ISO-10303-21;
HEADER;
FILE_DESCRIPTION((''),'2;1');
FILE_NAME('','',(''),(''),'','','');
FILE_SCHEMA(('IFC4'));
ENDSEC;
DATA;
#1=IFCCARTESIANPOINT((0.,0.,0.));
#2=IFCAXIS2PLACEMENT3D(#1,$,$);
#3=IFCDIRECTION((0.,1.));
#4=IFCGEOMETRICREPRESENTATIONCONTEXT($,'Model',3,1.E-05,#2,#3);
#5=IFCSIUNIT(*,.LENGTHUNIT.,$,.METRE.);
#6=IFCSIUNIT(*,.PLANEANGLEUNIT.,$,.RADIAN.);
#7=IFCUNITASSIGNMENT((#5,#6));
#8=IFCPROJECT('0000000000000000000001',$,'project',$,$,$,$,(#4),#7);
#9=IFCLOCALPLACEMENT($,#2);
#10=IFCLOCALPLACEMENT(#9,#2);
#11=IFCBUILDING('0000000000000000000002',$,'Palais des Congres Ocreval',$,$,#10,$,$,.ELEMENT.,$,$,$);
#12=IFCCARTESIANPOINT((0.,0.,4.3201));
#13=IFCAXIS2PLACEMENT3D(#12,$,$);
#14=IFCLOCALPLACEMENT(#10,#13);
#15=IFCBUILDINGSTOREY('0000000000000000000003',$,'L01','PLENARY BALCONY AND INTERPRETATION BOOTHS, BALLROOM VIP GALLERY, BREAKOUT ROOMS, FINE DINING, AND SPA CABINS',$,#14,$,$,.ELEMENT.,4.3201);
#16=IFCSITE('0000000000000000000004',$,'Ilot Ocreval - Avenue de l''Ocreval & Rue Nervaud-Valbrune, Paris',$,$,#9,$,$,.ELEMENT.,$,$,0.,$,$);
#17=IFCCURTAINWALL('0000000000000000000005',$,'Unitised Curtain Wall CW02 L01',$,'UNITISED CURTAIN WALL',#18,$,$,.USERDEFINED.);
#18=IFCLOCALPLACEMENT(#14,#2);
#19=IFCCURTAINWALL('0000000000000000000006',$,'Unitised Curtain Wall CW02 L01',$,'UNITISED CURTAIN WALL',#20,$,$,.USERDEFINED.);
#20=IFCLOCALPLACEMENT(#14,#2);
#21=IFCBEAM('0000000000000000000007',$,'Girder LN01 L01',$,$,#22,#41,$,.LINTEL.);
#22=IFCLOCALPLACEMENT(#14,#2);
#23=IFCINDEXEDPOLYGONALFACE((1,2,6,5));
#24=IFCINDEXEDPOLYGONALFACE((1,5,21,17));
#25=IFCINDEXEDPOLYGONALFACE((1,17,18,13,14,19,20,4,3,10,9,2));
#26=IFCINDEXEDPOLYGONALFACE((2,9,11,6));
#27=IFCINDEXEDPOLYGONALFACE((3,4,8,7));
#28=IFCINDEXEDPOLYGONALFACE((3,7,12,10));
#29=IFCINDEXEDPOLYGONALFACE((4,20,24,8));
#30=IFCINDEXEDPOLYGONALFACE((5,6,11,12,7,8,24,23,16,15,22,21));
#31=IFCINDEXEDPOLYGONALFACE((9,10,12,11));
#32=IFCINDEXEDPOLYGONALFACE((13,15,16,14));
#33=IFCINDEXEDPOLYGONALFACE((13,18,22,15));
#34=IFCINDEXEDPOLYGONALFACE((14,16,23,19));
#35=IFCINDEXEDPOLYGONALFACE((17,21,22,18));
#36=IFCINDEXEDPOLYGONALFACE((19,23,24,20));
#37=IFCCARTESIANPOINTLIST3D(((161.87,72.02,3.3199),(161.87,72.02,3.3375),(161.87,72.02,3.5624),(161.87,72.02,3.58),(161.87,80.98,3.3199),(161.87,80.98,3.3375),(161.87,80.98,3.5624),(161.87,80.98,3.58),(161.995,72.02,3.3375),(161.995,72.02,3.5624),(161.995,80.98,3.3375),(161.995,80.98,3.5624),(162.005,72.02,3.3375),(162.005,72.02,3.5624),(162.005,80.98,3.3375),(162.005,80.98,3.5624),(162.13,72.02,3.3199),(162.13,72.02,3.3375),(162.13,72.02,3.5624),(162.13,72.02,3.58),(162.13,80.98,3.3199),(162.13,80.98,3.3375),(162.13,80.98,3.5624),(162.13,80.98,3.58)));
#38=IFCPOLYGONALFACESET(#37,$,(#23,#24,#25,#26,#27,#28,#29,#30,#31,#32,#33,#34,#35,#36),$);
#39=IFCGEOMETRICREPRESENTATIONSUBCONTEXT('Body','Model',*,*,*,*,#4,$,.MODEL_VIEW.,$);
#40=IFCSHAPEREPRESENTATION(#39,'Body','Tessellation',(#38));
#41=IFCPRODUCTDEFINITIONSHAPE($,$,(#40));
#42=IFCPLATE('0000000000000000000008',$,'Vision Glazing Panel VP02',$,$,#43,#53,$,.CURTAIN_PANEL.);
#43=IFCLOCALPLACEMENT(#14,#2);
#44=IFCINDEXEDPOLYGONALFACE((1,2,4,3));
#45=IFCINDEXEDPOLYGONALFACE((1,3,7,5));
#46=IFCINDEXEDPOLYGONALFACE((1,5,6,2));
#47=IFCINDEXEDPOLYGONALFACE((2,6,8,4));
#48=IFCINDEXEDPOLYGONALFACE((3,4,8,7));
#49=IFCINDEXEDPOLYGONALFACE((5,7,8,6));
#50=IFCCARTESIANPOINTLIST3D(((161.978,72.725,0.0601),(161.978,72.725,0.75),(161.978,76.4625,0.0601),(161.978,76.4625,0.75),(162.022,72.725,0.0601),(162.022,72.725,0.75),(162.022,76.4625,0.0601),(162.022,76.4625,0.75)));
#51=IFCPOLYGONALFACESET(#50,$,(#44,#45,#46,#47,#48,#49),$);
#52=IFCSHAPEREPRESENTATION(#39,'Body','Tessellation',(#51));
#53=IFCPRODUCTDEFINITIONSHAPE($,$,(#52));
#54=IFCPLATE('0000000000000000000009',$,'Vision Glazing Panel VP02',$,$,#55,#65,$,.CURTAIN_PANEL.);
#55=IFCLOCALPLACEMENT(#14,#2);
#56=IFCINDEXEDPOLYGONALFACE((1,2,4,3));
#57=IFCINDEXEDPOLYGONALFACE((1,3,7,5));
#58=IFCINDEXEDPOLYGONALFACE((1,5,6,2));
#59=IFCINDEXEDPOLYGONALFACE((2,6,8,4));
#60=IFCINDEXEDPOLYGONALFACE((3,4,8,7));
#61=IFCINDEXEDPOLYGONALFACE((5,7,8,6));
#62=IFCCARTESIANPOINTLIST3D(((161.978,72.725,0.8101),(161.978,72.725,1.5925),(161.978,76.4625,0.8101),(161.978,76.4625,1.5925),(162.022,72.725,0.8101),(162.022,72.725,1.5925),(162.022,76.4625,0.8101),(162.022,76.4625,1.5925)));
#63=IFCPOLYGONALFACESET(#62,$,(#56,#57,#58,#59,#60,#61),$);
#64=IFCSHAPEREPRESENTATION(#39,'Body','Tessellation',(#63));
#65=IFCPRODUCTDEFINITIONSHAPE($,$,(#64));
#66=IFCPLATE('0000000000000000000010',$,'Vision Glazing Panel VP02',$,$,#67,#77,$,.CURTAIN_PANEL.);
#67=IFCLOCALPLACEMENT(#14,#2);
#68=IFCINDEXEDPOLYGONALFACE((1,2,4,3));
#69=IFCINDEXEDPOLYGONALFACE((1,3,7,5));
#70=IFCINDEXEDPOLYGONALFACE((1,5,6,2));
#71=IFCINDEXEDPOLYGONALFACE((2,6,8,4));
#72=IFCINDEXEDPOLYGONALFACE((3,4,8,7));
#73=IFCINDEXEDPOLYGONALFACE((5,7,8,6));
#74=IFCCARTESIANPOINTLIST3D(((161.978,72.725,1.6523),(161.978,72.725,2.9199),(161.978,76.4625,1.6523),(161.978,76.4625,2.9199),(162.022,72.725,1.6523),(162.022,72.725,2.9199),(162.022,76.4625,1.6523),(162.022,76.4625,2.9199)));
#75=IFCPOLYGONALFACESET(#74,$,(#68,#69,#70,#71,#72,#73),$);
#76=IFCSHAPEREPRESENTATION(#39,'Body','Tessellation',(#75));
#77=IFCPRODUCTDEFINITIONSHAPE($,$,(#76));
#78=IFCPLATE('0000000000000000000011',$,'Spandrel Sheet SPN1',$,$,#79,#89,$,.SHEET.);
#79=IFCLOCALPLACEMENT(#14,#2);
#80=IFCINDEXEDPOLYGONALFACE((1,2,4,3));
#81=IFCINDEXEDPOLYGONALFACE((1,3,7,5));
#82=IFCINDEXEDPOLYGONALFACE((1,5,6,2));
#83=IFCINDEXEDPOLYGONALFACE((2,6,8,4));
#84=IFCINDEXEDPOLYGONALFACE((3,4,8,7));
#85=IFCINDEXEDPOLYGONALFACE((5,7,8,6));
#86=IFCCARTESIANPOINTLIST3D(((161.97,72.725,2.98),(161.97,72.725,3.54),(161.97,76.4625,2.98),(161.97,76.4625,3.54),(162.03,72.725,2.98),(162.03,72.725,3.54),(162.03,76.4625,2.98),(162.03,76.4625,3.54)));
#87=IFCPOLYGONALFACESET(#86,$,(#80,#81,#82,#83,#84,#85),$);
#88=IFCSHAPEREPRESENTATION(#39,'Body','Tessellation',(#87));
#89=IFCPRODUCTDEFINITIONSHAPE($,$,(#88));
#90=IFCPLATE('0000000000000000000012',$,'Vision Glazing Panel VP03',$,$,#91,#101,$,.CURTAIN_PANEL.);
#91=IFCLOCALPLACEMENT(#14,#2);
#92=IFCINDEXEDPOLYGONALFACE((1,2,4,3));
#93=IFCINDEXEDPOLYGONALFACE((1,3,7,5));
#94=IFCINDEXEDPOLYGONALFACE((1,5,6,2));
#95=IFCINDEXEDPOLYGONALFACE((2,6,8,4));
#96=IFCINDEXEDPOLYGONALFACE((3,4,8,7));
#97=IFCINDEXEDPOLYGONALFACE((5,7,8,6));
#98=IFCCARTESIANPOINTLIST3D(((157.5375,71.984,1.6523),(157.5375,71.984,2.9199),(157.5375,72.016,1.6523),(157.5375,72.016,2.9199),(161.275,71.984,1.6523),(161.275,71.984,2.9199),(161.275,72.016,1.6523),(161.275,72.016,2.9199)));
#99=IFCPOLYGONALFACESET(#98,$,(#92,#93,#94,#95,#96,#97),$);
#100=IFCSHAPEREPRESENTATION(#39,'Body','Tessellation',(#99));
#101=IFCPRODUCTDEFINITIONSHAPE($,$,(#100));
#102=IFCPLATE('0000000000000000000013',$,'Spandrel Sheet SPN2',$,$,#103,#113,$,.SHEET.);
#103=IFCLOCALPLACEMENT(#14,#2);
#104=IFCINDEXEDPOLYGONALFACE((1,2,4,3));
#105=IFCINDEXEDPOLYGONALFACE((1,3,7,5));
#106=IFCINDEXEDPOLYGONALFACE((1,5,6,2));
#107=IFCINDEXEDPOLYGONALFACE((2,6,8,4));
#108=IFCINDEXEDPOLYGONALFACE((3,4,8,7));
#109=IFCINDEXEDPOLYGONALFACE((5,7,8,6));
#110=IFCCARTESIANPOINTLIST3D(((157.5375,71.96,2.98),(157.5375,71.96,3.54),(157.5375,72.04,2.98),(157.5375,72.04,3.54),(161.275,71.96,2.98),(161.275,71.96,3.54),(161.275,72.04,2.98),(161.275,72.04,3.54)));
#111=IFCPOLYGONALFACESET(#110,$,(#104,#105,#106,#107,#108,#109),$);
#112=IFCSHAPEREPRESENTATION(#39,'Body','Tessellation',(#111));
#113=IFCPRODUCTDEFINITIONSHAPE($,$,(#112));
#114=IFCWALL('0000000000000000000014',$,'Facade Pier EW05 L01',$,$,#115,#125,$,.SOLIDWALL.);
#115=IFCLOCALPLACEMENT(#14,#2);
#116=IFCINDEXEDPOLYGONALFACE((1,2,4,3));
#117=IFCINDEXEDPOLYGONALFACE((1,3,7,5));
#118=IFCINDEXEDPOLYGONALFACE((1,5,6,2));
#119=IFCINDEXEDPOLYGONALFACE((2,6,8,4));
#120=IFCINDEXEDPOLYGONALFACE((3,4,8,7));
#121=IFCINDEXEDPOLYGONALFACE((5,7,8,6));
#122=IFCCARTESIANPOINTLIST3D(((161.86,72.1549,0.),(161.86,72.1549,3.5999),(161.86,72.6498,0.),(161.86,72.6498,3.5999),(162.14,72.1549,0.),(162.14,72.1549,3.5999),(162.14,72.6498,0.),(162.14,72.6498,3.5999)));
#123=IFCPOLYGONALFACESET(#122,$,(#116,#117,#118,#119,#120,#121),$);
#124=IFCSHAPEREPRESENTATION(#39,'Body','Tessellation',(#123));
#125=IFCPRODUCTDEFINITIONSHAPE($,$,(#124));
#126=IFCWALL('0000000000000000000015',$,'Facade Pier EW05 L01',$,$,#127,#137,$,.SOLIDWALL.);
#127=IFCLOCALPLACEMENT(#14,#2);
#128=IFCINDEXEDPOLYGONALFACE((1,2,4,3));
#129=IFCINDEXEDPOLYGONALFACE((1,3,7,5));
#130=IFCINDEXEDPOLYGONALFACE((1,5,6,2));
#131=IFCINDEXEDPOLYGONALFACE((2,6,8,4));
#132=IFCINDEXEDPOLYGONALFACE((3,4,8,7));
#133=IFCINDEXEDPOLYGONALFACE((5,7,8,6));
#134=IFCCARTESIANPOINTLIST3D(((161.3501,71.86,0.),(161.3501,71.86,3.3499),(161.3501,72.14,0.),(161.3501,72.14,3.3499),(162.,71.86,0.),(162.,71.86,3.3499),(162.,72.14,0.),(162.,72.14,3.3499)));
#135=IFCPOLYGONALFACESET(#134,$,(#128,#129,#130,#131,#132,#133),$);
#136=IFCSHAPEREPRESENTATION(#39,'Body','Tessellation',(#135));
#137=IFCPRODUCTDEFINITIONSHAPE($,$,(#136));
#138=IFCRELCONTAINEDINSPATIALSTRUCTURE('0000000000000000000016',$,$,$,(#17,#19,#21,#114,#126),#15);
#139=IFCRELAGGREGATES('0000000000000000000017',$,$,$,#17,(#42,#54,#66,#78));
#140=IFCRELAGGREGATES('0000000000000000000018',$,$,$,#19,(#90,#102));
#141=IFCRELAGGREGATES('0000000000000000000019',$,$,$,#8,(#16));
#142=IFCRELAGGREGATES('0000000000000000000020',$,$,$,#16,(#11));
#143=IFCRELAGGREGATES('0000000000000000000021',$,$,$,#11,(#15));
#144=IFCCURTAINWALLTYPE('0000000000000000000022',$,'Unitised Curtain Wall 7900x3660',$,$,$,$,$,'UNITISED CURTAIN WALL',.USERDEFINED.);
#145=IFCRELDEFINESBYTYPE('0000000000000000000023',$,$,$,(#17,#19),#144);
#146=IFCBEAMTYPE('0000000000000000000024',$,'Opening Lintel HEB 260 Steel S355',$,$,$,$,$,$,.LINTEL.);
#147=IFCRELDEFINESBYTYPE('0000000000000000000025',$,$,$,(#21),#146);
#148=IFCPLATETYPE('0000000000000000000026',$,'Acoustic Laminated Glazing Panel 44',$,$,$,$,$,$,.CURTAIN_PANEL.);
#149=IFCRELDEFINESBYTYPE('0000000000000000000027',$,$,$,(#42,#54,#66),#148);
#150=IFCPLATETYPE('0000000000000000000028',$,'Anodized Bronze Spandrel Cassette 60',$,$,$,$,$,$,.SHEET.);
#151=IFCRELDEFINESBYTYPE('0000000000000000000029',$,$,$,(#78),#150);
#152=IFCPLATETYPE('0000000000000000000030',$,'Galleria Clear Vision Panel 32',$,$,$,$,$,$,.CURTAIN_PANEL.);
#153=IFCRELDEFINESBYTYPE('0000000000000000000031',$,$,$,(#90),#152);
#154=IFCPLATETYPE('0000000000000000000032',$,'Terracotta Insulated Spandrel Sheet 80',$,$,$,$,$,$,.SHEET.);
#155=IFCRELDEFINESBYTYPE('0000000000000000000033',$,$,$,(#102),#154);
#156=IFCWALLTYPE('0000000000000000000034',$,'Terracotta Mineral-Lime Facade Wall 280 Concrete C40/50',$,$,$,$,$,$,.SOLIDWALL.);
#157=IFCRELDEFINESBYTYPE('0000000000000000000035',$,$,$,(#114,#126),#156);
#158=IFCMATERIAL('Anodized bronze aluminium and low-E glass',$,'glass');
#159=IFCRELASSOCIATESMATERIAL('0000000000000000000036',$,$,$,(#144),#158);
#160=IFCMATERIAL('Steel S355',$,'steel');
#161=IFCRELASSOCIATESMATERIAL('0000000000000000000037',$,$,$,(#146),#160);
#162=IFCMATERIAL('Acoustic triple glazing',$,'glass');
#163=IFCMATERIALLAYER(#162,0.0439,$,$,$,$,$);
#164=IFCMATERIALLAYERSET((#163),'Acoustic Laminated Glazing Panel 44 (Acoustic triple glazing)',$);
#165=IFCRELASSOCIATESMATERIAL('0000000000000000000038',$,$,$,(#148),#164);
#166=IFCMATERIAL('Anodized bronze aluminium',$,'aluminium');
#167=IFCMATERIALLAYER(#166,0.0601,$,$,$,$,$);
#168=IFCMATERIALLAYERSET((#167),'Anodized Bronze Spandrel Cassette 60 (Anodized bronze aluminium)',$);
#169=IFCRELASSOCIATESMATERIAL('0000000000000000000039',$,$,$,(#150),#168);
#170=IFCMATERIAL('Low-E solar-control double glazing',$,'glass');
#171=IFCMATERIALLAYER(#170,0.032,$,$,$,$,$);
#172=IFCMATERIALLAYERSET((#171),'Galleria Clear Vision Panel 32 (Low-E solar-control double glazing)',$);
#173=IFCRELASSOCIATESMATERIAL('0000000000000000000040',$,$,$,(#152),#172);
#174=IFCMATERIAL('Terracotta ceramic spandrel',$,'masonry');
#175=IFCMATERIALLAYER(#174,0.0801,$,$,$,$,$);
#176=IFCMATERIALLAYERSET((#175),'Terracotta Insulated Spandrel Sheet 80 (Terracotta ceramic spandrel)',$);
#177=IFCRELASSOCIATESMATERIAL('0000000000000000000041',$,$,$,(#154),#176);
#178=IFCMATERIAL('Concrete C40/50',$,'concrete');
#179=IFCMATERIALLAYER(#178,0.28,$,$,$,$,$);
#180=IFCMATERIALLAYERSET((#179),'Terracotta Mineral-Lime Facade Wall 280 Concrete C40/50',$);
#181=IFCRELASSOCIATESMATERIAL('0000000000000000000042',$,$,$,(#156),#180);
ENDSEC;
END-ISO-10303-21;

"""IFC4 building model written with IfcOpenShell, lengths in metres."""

from ifc_helpers import new_model, si_unit, direction, frame, frame_2d, origin, origin_2d, place, context, subcontext, project, spatial, rectangle, i_section, extrude, material, layer, layer_set, material_profile, profile_set, type_object, element, aggregate, save


model = new_model("IFC4")

# Units and contexts
model_context = context("Model", 3, precision=1e-05, world=origin(), true_north=direction((0.0, 1.0)))
body_context = subcontext(model_context, "Body", "Model", "MODEL_VIEW")
ifc_project = project(units=[si_unit("LENGTHUNIT", "METRE"), si_unit("PLANEANGLEUNIT", "RADIAN")], contexts=[model_context])

# Site, building, storey
site_placement = place(None, origin())
site = spatial("IfcSite", under=ifc_project, at=site_placement, Name="Ilot Ocreval - Avenue de l'Ocreval & Rue Nervaud-Valbrune, Paris", CompositionType="ELEMENT", RefElevation=0.0)
building_placement = place(site_placement, origin())
building = spatial("IfcBuilding", under=site, at=building_placement, Name="Palais des Congres Ocreval", CompositionType="ELEMENT")
storey_placement = place(building_placement, frame((0.0, 0.0, 4.3201)))
storey = spatial("IfcBuildingStorey", under=building, at=storey_placement, Name="L01", Description="PLENARY BALCONY AND INTERPRETATION BOOTHS, BALLROOM VIP GALLERY, BREAKOUT ROOMS, FINE DINING, AND SPA CABINS", CompositionType="ELEMENT", Elevation=4.3201)

# Shared definitions
ifc_material_1 = material(Name="Steel S355", Category="steel")

# Curtain walls
ifc_material_2 = material(Name="Anodized bronze aluminium and low-E glass", Category="glass")
curtain_wall_type = type_object("IfcCurtainWallType", Name="Unitised Curtain Wall 7900x3660", ElementType="UNITISED CURTAIN WALL", PredefinedType="USERDEFINED", material=ifc_material_2)
curtain_wall_1_placement = place(storey_placement, origin())
curtain_wall_1 = element("IfcCurtainWall", 1, at=curtain_wall_1_placement, inside=storey, type_object=curtain_wall_type, Name="Unitised Curtain Wall CW02 L01", ObjectType="UNITISED CURTAIN WALL", PredefinedType="USERDEFINED")
ifc_material_3 = material(Name="Anodized bronze aluminium", Category="aluminium")
curtain_wall_2_placement = place(storey_placement, origin())
curtain_wall_2 = element("IfcCurtainWall", 2, at=curtain_wall_2_placement, inside=storey, type_object=curtain_wall_type, Name="Unitised Curtain Wall CW02 L01", ObjectType="UNITISED CURTAIN WALL", PredefinedType="USERDEFINED")

# Beam
ifc_material_profile_1 = material_profile(ifc_material_1, i_section(OverallWidth=0.26, OverallDepth=0.26, WebThickness=0.01, FlangeThickness=0.0176, at=origin_2d()), Name="HEB 260")
ifc_profile_set_1 = profile_set([ifc_material_profile_1], Name="Steel S355")
beam_type = type_object("IfcBeamType", Name="Opening Lintel HEB 260 Steel S355", PredefinedType="LINTEL", material=ifc_profile_set_1)
beam_placement = place(storey_placement, frame((162.0, 72.02, 3.45), z_axis=(0.0, 1.0, 0.0), x_axis=(-1.0, 0.0, 0.0)))
element("IfcBeam", 3, at=beam_placement, inside=storey, type_object=beam_type, Name="Girder LN01 L01", PredefinedType="LINTEL", context=body_context, shape_type="SweptSolid", body=[
    extrude(i_section(OverallWidth=0.26, OverallDepth=0.26, WebThickness=0.01, FlangeThickness=0.0176, at=origin_2d()), origin(), (0.0, 0.0, 1.0), 8.96),
])

# Plates
ifc_material_4 = material(Name="Acoustic triple glazing", Category="glass")
ifc_layer_1 = layer(ifc_material_4, 0.0439)
ifc_layer_set_1 = layer_set([ifc_layer_1], Name="Acoustic Laminated Glazing Panel 44 (Acoustic triple glazing)")
plate_type_1 = type_object("IfcPlateType", Name="Acoustic Laminated Glazing Panel 44", PredefinedType="CURTAIN_PANEL", material=ifc_layer_set_1)
plate_1_placement = place(storey_placement, frame((162.0, 74.5938, 0.0601), z_axis=(0.0, 0.0, 1.0), x_axis=(0.0, -1.0, 0.0)))
plate_1 = element("IfcPlate", 4, at=plate_1_placement, type_object=plate_type_1, Name="Vision Glazing Panel VP02", PredefinedType="CURTAIN_PANEL", context=body_context, shape_type="SweptSolid", body=[
    extrude(rectangle(XDim=3.7375, YDim=0.0439, at=origin_2d()), origin(), (0.0, 0.0, 1.0), 0.6899),
])
plate_2_placement = place(storey_placement, frame((162.0, 74.5938, 0.8101), z_axis=(0.0, 0.0, 1.0), x_axis=(0.0, -1.0, 0.0)))
plate_2 = element("IfcPlate", 5, at=plate_2_placement, type_object=plate_type_1, Name="Vision Glazing Panel VP02", PredefinedType="CURTAIN_PANEL", context=body_context, shape_type="SweptSolid", body=[
    extrude(rectangle(XDim=3.7375, YDim=0.0439, at=origin_2d()), origin(), (0.0, 0.0, 1.0), 0.7825),
])
plate_3_placement = place(storey_placement, frame((162.0, 74.5938, 1.6523), z_axis=(0.0, 0.0, 1.0), x_axis=(0.0, -1.0, 0.0)))
plate_3 = element("IfcPlate", 6, at=plate_3_placement, type_object=plate_type_1, Name="Vision Glazing Panel VP02", PredefinedType="CURTAIN_PANEL", context=body_context, shape_type="SweptSolid", body=[
    extrude(rectangle(XDim=3.7375, YDim=0.0439, at=origin_2d()), origin(), (0.0, 0.0, 1.0), 1.2676),
])
ifc_layer_2 = layer(ifc_material_3, 0.0601)
ifc_layer_set_2 = layer_set([ifc_layer_2], Name="Anodized Bronze Spandrel Cassette 60 (Anodized bronze aluminium)")
plate_type_2 = type_object("IfcPlateType", Name="Anodized Bronze Spandrel Cassette 60", PredefinedType="SHEET", material=ifc_layer_set_2)
plate_4_placement = place(storey_placement, frame((162.0, 74.5938, 2.98), z_axis=(0.0, 0.0, 1.0), x_axis=(0.0, -1.0, 0.0)))
plate_4 = element("IfcPlate", 7, at=plate_4_placement, type_object=plate_type_2, Name="Spandrel Sheet SPN1", PredefinedType="SHEET", context=body_context, shape_type="SweptSolid", body=[
    extrude(rectangle(XDim=3.7375, YDim=0.0601, at=origin_2d()), origin(), (0.0, 0.0, 1.0), 0.5601),
])
aggregate(curtain_wall_1, [plate_1, plate_2, plate_3, plate_4])
ifc_material_5 = material(Name="Low-E solar-control double glazing", Category="glass")
ifc_layer_3 = layer(ifc_material_5, 0.032)
ifc_layer_set_3 = layer_set([ifc_layer_3], Name="Galleria Clear Vision Panel 32 (Low-E solar-control double glazing)")
plate_type_3 = type_object("IfcPlateType", Name="Galleria Clear Vision Panel 32", PredefinedType="CURTAIN_PANEL", material=ifc_layer_set_3)
plate_5_placement = place(storey_placement, frame((159.4062, 72.0, 1.6523), z_axis=(0.0, 0.0, 1.0), x_axis=(-1.0, 0.0, 0.0)))
plate_5 = element("IfcPlate", 8, at=plate_5_placement, type_object=plate_type_3, Name="Vision Glazing Panel VP03", PredefinedType="CURTAIN_PANEL", context=body_context, shape_type="SweptSolid", body=[
    extrude(rectangle(XDim=3.7375, YDim=0.032, at=origin_2d()), origin(), (0.0, 0.0, 1.0), 1.2676),
])
ifc_material_6 = material(Name="Terracotta ceramic spandrel", Category="masonry")
ifc_layer_4 = layer(ifc_material_6, 0.0801)
ifc_layer_set_4 = layer_set([ifc_layer_4], Name="Terracotta Insulated Spandrel Sheet 80 (Terracotta ceramic spandrel)")
plate_type_4 = type_object("IfcPlateType", Name="Terracotta Insulated Spandrel Sheet 80", PredefinedType="SHEET", material=ifc_layer_set_4)
plate_6_placement = place(storey_placement, frame((159.4062, 72.0, 2.98), z_axis=(0.0, 0.0, 1.0), x_axis=(-1.0, 0.0, 0.0)))
plate_6 = element("IfcPlate", 9, at=plate_6_placement, type_object=plate_type_4, Name="Spandrel Sheet SPN2", PredefinedType="SHEET", context=body_context, shape_type="SweptSolid", body=[
    extrude(rectangle(XDim=3.7375, YDim=0.0801, at=origin_2d()), origin(), (0.0, 0.0, 1.0), 0.5601),
])
aggregate(curtain_wall_2, [plate_5, plate_6])

# Walls
ifc_material_7 = material(Name="Concrete C40/50", Category="concrete")
ifc_layer_5 = layer(ifc_material_7, 0.28)
ifc_layer_set_5 = layer_set([ifc_layer_5], Name="Terracotta Mineral-Lime Facade Wall 280 Concrete C40/50")
wall_type = type_object("IfcWallType", Name="Terracotta Mineral-Lime Facade Wall 280 Concrete C40/50", PredefinedType="SOLIDWALL", material=ifc_layer_set_5)
wall_1_placement = place(storey_placement, frame((162.0, 72.6499, 0.0), z_axis=(0.0, 0.0, 1.0), x_axis=(0.0, -1.0, 0.0)))
element("IfcWall", 10, at=wall_1_placement, inside=storey, type_object=wall_type, Name="Facade Pier EW05 L01", PredefinedType="SOLIDWALL", context=body_context, shape_type="SweptSolid", body=[
    extrude(rectangle(XDim=0.4949, YDim=0.28, at=frame_2d((0.2476, 0.0))), origin(), (0.0, 0.0, 1.0), 3.5999),
])
wall_2_placement = place(storey_placement, frame((162.0, 72.0, 0.0), z_axis=(0.0, 0.0, 1.0), x_axis=(-1.0, 0.0, 0.0)))
element("IfcWall", 11, at=wall_2_placement, inside=storey, type_object=wall_type, Name="Facade Pier EW05 L01", PredefinedType="SOLIDWALL", context=body_context, shape_type="SweptSolid", body=[
    extrude(rectangle(XDim=0.6499, YDim=0.28, at=frame_2d((0.325, 0.0))), origin(), (0.0, 0.0, 1.0), 3.3499),
])

save(model, "model.ifc")
